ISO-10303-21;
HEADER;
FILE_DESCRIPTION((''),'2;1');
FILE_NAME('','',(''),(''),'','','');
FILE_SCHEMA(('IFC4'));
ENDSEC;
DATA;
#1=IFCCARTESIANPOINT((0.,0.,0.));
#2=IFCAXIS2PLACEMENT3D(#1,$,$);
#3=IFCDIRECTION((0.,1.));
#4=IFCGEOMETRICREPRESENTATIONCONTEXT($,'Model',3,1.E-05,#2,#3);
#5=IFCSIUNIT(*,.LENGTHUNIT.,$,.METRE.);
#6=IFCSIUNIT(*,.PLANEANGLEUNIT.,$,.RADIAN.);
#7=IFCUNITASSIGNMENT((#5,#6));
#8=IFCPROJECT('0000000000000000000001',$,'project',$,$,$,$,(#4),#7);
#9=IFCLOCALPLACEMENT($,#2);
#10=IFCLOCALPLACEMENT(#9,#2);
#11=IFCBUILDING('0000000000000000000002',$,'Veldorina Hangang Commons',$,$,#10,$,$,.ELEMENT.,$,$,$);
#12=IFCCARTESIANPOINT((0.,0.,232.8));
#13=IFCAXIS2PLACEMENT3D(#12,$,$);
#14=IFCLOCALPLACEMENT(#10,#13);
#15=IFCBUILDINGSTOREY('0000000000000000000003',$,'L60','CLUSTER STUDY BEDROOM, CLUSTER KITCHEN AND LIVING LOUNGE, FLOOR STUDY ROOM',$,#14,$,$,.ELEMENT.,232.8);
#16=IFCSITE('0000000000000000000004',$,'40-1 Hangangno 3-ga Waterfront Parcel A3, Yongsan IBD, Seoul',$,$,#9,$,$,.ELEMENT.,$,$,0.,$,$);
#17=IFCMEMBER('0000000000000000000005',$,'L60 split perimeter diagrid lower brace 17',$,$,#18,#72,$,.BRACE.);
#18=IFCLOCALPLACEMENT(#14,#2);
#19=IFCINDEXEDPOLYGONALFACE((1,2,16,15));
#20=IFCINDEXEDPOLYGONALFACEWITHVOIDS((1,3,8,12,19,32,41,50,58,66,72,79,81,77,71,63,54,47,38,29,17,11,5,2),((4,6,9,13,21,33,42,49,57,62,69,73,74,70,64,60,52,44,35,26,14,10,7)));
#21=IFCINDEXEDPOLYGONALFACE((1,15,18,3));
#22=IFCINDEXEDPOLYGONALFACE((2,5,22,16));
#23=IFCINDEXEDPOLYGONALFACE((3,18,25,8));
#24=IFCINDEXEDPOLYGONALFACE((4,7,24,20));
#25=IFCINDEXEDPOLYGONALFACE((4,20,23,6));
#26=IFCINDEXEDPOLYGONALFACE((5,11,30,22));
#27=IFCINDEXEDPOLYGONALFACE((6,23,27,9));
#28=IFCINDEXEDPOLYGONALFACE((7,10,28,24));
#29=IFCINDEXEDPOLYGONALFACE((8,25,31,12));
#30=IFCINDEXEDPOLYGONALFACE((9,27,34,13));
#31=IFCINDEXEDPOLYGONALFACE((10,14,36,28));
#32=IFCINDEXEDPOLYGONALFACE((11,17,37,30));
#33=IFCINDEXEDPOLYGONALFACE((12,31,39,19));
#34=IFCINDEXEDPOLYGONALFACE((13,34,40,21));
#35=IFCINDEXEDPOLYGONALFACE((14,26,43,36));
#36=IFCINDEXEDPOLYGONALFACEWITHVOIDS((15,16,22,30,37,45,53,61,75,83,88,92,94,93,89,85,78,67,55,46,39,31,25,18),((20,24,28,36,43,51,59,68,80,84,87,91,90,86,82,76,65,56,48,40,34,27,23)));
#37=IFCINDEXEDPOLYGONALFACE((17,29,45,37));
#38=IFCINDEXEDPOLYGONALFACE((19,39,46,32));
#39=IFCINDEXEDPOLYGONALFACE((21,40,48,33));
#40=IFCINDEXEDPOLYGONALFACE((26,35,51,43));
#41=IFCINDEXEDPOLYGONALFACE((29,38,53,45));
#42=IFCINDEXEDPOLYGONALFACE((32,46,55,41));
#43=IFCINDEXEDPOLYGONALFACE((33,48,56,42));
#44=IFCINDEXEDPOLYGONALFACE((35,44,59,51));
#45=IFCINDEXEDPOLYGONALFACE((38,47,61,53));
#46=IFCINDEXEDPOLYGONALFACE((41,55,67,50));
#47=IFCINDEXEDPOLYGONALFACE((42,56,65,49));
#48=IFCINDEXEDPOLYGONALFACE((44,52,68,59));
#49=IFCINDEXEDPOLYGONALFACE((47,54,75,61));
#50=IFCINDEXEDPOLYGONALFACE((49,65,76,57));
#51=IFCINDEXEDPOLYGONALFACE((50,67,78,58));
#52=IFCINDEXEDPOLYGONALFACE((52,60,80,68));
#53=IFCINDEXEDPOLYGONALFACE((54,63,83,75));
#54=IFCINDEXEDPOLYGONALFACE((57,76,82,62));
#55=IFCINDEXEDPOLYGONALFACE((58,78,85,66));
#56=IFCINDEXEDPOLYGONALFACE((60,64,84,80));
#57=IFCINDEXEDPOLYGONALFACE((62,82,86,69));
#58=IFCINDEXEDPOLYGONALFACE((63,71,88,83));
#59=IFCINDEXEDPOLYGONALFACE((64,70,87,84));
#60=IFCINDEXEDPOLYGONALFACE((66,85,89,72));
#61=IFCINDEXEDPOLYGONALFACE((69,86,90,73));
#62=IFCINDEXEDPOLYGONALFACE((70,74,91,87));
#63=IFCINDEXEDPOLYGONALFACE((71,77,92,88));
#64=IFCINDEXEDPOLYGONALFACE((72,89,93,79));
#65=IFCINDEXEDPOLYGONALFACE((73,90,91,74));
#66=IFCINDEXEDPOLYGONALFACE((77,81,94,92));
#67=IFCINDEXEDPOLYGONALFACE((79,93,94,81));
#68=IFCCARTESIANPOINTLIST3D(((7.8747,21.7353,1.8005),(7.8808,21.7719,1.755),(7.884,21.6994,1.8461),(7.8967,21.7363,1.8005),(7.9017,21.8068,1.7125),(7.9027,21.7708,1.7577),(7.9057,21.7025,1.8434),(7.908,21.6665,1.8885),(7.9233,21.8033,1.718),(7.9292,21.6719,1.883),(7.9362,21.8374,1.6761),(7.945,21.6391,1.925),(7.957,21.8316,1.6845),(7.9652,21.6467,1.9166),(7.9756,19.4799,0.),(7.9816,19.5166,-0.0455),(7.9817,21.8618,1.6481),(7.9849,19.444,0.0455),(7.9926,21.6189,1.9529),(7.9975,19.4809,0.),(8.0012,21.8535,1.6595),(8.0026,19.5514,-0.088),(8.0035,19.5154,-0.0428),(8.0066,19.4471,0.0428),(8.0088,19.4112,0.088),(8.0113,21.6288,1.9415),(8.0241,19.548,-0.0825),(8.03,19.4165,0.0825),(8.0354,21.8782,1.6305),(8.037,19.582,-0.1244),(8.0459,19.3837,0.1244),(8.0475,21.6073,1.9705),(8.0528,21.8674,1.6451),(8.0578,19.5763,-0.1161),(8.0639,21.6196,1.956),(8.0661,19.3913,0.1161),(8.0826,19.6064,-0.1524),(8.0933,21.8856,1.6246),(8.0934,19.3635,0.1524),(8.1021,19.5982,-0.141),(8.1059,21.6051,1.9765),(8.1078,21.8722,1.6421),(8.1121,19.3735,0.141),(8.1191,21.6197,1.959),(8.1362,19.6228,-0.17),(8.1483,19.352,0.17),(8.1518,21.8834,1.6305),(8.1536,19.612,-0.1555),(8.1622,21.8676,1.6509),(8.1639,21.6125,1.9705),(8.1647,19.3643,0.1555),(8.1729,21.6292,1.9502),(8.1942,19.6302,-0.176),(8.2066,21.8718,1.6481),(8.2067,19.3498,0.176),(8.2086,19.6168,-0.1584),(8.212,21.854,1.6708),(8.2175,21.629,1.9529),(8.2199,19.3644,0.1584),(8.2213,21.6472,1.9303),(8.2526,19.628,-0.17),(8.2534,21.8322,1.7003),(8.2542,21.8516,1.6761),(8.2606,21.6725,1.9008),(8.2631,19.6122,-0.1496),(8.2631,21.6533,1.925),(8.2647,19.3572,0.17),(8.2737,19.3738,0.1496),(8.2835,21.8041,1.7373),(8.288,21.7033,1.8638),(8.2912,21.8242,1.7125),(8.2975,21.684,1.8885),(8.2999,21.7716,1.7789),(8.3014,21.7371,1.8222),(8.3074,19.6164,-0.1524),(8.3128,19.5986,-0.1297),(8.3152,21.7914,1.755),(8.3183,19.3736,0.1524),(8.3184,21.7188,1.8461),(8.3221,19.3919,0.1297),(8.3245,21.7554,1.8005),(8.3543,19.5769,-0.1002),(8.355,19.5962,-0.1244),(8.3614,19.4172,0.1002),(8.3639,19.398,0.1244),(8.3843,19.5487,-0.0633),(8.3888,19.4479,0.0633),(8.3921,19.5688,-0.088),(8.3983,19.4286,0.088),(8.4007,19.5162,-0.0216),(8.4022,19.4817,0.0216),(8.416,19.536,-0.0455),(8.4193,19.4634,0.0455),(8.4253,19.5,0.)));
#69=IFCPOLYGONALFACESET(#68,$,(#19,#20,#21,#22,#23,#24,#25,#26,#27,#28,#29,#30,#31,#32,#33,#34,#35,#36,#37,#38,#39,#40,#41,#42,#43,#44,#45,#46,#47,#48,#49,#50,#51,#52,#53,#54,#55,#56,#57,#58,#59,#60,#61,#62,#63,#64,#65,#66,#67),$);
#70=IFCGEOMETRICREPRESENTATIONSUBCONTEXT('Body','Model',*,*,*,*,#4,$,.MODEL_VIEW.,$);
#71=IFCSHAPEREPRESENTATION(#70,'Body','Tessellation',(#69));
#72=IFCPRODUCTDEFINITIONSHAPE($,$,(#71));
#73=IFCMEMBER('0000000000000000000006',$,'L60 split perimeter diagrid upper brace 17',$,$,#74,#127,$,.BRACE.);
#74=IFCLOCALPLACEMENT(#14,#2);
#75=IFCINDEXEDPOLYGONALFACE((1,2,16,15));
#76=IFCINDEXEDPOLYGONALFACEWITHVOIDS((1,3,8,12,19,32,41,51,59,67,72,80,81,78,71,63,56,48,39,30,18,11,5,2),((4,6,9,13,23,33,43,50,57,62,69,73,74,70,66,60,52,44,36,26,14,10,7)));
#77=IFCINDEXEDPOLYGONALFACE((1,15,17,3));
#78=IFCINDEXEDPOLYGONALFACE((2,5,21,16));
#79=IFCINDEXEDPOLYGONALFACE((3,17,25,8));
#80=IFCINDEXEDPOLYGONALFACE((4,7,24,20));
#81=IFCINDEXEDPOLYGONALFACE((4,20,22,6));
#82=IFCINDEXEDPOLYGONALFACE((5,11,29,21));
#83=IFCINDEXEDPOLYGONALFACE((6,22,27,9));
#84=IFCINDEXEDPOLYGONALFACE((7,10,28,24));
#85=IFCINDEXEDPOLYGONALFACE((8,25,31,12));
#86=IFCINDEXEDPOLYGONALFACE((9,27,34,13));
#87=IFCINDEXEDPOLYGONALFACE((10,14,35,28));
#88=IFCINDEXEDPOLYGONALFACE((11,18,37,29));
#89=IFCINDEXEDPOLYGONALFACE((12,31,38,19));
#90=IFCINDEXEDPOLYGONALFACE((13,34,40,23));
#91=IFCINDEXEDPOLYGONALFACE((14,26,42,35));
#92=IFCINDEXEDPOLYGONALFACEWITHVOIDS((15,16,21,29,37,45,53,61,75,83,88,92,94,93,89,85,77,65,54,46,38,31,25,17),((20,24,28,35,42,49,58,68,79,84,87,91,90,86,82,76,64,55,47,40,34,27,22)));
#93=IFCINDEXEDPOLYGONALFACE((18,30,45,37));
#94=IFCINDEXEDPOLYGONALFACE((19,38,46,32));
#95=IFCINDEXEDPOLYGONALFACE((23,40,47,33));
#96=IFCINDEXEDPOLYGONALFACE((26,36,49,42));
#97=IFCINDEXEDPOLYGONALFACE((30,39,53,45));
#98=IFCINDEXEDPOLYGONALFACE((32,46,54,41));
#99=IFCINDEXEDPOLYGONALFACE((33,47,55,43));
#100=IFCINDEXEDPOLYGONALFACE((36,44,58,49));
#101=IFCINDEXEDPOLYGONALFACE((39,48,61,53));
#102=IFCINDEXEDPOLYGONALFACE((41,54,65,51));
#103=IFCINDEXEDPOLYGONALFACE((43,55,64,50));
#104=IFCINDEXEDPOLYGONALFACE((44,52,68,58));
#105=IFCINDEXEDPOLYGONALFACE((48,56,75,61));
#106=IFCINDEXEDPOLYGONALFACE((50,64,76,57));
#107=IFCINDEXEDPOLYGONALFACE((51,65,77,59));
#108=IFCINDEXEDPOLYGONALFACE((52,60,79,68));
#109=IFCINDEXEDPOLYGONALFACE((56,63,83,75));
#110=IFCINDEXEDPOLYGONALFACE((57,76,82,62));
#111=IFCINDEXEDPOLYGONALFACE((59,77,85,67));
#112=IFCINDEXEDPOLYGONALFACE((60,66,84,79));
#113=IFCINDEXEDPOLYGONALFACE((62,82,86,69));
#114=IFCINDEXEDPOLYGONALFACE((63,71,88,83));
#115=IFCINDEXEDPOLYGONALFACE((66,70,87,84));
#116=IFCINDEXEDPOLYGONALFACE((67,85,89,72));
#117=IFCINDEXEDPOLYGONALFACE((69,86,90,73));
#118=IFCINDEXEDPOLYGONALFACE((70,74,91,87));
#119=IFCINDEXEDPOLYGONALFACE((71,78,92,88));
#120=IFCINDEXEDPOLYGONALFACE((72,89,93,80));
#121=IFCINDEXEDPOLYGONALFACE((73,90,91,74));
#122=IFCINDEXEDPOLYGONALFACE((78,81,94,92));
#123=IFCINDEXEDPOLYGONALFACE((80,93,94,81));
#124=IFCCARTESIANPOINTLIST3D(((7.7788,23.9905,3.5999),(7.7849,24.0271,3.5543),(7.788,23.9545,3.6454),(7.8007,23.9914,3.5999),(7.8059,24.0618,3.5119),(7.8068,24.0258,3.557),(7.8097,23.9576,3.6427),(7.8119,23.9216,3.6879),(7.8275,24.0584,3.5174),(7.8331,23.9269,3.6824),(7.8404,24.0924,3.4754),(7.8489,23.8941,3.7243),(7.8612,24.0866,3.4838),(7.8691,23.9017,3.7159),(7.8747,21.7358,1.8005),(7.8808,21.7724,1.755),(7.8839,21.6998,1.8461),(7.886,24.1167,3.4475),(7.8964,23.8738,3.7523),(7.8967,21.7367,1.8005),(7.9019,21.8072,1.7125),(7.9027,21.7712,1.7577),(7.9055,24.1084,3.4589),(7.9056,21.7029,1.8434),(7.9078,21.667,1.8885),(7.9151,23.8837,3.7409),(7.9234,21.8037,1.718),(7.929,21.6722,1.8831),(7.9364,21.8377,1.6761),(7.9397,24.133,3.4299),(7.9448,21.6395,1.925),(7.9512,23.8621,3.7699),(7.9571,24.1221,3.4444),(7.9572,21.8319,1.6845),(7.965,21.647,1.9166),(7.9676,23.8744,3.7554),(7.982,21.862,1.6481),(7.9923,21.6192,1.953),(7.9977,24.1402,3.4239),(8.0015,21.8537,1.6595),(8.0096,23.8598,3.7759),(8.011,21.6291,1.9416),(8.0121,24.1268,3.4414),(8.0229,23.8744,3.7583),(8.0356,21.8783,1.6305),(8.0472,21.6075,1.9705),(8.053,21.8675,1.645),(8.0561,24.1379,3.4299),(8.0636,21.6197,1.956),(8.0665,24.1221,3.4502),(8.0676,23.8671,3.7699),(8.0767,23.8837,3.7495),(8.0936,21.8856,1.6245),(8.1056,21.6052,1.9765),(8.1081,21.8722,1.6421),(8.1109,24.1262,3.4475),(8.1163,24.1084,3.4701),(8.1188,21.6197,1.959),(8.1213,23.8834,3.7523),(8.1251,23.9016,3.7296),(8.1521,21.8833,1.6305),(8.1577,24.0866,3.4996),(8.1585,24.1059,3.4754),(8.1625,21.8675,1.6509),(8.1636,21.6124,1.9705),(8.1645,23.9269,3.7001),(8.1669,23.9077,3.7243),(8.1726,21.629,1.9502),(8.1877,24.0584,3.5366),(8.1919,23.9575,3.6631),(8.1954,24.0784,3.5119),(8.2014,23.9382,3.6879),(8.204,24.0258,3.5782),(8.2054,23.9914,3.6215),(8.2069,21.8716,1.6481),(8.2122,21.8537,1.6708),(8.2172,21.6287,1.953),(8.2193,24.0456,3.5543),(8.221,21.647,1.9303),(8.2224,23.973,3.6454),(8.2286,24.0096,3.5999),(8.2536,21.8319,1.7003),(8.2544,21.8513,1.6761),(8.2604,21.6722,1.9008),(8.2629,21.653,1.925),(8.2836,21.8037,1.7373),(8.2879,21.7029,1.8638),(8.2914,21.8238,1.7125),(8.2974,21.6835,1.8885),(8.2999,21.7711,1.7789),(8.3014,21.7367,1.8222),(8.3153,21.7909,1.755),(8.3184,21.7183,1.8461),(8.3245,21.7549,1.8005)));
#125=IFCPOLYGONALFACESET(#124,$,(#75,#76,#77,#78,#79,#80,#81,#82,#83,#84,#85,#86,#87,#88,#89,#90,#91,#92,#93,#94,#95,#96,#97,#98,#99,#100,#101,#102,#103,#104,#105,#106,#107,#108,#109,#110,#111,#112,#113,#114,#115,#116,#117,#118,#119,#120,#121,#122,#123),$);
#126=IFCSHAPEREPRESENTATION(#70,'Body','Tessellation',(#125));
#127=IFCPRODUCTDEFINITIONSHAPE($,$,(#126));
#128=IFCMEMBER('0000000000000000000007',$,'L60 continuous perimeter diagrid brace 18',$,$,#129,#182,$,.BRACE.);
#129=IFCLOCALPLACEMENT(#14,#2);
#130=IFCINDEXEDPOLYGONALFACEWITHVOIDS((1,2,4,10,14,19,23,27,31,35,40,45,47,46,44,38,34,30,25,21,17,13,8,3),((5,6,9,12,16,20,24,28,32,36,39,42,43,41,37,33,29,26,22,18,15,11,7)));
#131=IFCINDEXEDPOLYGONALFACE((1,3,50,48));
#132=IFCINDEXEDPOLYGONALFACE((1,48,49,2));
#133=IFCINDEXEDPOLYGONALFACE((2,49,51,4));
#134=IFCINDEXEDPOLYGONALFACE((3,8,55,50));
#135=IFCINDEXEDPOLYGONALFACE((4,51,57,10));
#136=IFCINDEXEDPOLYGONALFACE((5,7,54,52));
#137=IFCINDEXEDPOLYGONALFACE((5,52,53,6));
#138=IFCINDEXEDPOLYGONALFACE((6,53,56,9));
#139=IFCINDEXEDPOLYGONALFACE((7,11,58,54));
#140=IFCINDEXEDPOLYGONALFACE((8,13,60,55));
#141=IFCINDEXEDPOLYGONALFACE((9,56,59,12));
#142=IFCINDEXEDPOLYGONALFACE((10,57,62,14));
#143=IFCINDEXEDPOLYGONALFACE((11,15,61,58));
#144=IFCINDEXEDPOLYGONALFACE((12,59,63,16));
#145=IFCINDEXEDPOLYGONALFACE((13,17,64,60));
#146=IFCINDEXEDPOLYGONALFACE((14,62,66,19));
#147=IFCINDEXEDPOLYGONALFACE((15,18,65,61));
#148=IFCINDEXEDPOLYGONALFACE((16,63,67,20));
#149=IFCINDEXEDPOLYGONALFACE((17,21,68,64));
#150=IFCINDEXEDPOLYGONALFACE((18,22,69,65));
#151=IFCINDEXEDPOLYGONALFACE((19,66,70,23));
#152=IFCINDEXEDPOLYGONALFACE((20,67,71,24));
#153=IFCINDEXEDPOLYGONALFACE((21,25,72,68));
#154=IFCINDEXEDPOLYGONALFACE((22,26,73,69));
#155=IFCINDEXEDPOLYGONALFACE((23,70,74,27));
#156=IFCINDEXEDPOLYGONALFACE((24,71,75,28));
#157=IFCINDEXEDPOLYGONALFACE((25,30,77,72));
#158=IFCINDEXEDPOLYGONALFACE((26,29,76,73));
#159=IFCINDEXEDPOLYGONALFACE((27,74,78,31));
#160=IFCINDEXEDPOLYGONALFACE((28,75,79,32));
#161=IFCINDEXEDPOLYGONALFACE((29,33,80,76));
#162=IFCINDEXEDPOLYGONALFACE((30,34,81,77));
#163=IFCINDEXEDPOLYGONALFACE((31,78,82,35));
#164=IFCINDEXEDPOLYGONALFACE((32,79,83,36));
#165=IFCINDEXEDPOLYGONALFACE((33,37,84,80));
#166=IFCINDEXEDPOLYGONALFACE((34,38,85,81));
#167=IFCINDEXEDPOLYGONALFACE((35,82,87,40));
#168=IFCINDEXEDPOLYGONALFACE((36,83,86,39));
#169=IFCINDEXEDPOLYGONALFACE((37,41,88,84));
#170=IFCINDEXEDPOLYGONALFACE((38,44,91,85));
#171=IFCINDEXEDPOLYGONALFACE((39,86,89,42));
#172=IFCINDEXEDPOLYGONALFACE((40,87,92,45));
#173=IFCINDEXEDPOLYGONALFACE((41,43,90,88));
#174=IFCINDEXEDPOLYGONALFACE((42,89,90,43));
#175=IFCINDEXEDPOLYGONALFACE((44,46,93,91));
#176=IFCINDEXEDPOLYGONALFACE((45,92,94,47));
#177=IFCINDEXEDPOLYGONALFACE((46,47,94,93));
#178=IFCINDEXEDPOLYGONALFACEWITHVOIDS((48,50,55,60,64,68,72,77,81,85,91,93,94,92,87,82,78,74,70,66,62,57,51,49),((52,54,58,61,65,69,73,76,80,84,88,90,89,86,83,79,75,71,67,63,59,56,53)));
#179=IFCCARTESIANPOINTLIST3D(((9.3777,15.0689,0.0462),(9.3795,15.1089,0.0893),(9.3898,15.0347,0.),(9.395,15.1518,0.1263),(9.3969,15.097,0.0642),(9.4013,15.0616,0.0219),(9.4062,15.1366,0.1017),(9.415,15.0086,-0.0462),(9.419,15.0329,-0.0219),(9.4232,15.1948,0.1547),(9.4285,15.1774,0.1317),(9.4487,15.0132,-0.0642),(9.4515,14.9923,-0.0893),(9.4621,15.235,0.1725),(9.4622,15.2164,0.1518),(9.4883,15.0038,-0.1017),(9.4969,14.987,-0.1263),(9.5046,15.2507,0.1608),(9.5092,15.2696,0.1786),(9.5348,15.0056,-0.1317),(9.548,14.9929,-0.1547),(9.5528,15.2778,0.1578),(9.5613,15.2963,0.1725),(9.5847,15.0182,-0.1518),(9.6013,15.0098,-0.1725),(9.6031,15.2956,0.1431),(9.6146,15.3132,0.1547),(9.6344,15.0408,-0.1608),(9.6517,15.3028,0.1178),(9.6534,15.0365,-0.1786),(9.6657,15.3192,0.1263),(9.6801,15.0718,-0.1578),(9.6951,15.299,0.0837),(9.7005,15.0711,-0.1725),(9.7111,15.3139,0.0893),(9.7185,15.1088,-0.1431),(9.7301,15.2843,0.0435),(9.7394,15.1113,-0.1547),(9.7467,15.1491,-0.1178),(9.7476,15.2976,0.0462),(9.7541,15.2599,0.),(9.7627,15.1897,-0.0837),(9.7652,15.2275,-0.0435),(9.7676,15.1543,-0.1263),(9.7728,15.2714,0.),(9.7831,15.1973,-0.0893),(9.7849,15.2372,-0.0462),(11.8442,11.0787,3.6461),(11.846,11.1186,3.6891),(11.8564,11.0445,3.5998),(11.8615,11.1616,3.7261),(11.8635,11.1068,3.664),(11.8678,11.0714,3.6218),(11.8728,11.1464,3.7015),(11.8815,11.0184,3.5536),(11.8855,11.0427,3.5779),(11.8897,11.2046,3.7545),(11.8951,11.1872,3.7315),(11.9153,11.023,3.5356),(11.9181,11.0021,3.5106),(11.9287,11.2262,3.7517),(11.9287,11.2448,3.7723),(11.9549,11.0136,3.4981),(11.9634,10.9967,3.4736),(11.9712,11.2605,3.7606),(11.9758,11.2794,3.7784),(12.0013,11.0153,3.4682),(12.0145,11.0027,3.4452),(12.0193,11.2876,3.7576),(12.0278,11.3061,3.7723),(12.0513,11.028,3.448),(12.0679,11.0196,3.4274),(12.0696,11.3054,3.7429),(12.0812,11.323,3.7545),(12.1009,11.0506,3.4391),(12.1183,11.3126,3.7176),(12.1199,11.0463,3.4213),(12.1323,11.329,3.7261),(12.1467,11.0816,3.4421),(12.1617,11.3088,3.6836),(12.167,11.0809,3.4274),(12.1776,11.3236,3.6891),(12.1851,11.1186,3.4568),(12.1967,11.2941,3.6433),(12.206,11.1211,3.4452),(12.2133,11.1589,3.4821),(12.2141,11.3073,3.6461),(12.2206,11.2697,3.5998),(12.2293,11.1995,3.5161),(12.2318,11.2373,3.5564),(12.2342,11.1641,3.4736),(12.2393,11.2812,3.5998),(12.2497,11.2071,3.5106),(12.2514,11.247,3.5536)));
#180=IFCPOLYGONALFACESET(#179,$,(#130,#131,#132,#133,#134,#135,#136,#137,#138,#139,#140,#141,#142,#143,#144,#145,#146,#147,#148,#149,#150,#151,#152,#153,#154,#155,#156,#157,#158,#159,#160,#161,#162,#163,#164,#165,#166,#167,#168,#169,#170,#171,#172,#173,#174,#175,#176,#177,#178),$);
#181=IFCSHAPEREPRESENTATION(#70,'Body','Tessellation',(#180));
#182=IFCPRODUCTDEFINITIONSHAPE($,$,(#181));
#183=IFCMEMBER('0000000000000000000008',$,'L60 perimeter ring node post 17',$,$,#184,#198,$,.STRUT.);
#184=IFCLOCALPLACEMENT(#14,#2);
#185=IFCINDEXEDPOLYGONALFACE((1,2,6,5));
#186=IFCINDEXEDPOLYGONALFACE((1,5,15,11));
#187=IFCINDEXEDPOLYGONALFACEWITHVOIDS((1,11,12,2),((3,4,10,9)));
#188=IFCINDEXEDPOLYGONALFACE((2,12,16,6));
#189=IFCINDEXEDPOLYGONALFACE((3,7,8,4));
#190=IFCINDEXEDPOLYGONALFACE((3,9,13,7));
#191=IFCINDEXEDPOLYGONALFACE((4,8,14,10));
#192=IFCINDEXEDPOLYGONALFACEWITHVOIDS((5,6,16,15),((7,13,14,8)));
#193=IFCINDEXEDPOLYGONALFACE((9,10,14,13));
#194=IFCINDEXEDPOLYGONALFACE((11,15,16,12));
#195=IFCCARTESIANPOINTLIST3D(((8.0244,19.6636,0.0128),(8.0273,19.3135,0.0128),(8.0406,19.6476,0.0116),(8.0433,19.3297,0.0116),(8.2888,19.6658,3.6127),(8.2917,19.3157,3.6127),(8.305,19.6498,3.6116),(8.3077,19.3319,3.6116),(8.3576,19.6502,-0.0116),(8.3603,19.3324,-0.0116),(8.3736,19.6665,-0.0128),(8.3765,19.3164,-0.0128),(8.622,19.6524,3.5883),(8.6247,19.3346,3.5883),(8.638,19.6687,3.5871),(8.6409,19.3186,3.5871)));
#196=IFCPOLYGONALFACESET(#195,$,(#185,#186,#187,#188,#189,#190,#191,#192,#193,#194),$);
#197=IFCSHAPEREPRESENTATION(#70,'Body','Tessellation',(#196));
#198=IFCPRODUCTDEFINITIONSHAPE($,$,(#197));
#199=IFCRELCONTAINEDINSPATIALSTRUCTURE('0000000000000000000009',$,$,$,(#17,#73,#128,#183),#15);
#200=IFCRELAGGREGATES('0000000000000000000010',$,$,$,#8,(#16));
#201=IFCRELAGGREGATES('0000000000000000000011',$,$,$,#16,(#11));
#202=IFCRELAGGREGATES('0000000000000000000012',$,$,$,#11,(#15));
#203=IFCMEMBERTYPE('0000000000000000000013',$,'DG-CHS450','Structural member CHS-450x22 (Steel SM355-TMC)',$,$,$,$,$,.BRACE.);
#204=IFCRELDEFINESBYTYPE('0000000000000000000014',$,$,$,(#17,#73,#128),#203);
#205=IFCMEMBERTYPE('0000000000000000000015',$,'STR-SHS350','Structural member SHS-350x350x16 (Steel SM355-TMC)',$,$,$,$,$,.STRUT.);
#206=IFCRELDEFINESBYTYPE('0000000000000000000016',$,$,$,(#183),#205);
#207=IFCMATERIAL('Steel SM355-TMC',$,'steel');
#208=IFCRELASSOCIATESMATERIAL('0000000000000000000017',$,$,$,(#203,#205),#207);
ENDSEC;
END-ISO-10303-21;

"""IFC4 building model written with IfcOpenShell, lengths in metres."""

from ifc_helpers import new_model, si_unit, direction, frame, origin, origin_2d, place, context, subcontext, project, spatial, hollow_rectangle, hollow_circle, extrude, material, material_profile, profile_set, type_object, element, save


model = new_model("IFC4")

# Units and contexts
model_context = context("Model", 3, precision=1e-05, world=origin(), true_north=direction((0.0, 1.0)))
body_context = subcontext(model_context, "Body", "Model", "MODEL_VIEW")
ifc_project = project(units=[si_unit("LENGTHUNIT", "METRE"), si_unit("PLANEANGLEUNIT", "RADIAN")], contexts=[model_context])

# Site, building, storey
site_placement = place(None, origin())
site = spatial("IfcSite", under=ifc_project, at=site_placement, Name="40-1 Hangangno 3-ga Waterfront Parcel A3, Yongsan IBD, Seoul", CompositionType="ELEMENT", RefElevation=0.0)
building_placement = place(site_placement, origin())
building = spatial("IfcBuilding", under=site, at=building_placement, Name="Veldorina Hangang Commons", CompositionType="ELEMENT")
storey_placement = place(building_placement, frame((0.0, 0.0, 232.8)))
storey = spatial("IfcBuildingStorey", under=building, at=storey_placement, Name="L60", Description="CLUSTER STUDY BEDROOM, CLUSTER KITCHEN AND LIVING LOUNGE, FLOOR STUDY ROOM", CompositionType="ELEMENT", Elevation=232.8)

# Shared definitions
ifc_material_1 = material(Name="Steel SM355-TMC", Category="steel")

# Members
ifc_material_profile_1 = material_profile(ifc_material_1, hollow_circle(Radius=0.2251, WallThickness=0.022, at=origin_2d()), Name="CHS-450x22")
ifc_profile_set_1 = profile_set([ifc_material_profile_1], Name="Steel SM355-TMC")
member_type_1 = type_object("IfcMemberType", Name="DG-CHS450", Description="Structural member CHS-450x22 (Steel SM355-TMC)", PredefinedType="BRACE", material=ifc_profile_set_1)
member_1_placement = place(storey_placement, frame((8.2004, 19.49, 0.0), z_axis=(-0.034917, 0.781027, 0.62352), x_axis=(-0.999002, -0.044662, 0.0)))
element("IfcMember", 1, at=member_1_placement, inside=storey, type_object=member_type_1, Name="L60 split perimeter diagrid lower brace 17", PredefinedType="BRACE", context=body_context, shape_type="SweptSolid", body=[
    extrude(hollow_circle(Radius=0.2251, WallThickness=0.022, at=origin_2d()), origin(), (0.0, 0.0, 1.0), 2.8877),
])
member_2_placement = place(storey_placement, frame((8.0996, 21.7454, 1.8005), z_axis=(-0.033243, 0.781179, 0.623421), x_axis=(-0.999096, -0.042517, 0.0)))
element("IfcMember", 2, at=member_2_placement, inside=storey, type_object=member_type_1, Name="L60 split perimeter diagrid upper brace 17", PredefinedType="BRACE", context=body_context, shape_type="SweptSolid", body=[
    extrude(hollow_circle(Radius=0.2251, WallThickness=0.022, at=origin_2d()), origin(), (0.0, 0.0, 1.0), 2.8862),
])
member_3_placement = place(storey_placement, frame((9.5813, 15.1531, 0.0), z_axis=(0.417133, -0.674812, 0.608793), x_axis=(0.850608, 0.525801, 0.0)))
element("IfcMember", 3, at=member_3_placement, inside=storey, type_object=member_type_1, Name="L60 continuous perimeter diagrid brace 18", PredefinedType="BRACE", context=body_context, shape_type="SweptSolid", body=[
    extrude(hollow_circle(Radius=0.2251, WallThickness=0.022, at=origin_2d()), origin(), (0.0, 0.0, 1.0), 5.9131),
])
ifc_material_profile_2 = material_profile(ifc_material_1, hollow_rectangle(XDim=0.3501, YDim=0.3501, WallThickness=0.0161, at=origin_2d()), Name="SHS-350x350x16")
ifc_profile_set_2 = profile_set([ifc_material_profile_2], Name="Steel SM355-TMC")
member_type_2 = type_object("IfcMemberType", Name="STR-SHS350", Description="Structural member SHS-350x350x16 (Steel SM355-TMC)", PredefinedType="STRUT", material=ifc_profile_set_2)
member_4_placement = place(storey_placement, frame((8.2004, 19.49, 0.0), z_axis=(0.073251, 0.000609, 0.997313), x_axis=(-0.00831, 0.999965, 0.0)))
element("IfcMember", 4, at=member_4_placement, inside=storey, type_object=member_type_2, Name="L60 perimeter ring node post 17", PredefinedType="STRUT", context=body_context, shape_type="SweptSolid", body=[
    extrude(hollow_rectangle(XDim=0.3501, YDim=0.3501, WallThickness=0.0161, at=origin_2d()), origin(), (0.0, 0.0, 1.0), 3.6096),
])

save(model, "model.ifc")
